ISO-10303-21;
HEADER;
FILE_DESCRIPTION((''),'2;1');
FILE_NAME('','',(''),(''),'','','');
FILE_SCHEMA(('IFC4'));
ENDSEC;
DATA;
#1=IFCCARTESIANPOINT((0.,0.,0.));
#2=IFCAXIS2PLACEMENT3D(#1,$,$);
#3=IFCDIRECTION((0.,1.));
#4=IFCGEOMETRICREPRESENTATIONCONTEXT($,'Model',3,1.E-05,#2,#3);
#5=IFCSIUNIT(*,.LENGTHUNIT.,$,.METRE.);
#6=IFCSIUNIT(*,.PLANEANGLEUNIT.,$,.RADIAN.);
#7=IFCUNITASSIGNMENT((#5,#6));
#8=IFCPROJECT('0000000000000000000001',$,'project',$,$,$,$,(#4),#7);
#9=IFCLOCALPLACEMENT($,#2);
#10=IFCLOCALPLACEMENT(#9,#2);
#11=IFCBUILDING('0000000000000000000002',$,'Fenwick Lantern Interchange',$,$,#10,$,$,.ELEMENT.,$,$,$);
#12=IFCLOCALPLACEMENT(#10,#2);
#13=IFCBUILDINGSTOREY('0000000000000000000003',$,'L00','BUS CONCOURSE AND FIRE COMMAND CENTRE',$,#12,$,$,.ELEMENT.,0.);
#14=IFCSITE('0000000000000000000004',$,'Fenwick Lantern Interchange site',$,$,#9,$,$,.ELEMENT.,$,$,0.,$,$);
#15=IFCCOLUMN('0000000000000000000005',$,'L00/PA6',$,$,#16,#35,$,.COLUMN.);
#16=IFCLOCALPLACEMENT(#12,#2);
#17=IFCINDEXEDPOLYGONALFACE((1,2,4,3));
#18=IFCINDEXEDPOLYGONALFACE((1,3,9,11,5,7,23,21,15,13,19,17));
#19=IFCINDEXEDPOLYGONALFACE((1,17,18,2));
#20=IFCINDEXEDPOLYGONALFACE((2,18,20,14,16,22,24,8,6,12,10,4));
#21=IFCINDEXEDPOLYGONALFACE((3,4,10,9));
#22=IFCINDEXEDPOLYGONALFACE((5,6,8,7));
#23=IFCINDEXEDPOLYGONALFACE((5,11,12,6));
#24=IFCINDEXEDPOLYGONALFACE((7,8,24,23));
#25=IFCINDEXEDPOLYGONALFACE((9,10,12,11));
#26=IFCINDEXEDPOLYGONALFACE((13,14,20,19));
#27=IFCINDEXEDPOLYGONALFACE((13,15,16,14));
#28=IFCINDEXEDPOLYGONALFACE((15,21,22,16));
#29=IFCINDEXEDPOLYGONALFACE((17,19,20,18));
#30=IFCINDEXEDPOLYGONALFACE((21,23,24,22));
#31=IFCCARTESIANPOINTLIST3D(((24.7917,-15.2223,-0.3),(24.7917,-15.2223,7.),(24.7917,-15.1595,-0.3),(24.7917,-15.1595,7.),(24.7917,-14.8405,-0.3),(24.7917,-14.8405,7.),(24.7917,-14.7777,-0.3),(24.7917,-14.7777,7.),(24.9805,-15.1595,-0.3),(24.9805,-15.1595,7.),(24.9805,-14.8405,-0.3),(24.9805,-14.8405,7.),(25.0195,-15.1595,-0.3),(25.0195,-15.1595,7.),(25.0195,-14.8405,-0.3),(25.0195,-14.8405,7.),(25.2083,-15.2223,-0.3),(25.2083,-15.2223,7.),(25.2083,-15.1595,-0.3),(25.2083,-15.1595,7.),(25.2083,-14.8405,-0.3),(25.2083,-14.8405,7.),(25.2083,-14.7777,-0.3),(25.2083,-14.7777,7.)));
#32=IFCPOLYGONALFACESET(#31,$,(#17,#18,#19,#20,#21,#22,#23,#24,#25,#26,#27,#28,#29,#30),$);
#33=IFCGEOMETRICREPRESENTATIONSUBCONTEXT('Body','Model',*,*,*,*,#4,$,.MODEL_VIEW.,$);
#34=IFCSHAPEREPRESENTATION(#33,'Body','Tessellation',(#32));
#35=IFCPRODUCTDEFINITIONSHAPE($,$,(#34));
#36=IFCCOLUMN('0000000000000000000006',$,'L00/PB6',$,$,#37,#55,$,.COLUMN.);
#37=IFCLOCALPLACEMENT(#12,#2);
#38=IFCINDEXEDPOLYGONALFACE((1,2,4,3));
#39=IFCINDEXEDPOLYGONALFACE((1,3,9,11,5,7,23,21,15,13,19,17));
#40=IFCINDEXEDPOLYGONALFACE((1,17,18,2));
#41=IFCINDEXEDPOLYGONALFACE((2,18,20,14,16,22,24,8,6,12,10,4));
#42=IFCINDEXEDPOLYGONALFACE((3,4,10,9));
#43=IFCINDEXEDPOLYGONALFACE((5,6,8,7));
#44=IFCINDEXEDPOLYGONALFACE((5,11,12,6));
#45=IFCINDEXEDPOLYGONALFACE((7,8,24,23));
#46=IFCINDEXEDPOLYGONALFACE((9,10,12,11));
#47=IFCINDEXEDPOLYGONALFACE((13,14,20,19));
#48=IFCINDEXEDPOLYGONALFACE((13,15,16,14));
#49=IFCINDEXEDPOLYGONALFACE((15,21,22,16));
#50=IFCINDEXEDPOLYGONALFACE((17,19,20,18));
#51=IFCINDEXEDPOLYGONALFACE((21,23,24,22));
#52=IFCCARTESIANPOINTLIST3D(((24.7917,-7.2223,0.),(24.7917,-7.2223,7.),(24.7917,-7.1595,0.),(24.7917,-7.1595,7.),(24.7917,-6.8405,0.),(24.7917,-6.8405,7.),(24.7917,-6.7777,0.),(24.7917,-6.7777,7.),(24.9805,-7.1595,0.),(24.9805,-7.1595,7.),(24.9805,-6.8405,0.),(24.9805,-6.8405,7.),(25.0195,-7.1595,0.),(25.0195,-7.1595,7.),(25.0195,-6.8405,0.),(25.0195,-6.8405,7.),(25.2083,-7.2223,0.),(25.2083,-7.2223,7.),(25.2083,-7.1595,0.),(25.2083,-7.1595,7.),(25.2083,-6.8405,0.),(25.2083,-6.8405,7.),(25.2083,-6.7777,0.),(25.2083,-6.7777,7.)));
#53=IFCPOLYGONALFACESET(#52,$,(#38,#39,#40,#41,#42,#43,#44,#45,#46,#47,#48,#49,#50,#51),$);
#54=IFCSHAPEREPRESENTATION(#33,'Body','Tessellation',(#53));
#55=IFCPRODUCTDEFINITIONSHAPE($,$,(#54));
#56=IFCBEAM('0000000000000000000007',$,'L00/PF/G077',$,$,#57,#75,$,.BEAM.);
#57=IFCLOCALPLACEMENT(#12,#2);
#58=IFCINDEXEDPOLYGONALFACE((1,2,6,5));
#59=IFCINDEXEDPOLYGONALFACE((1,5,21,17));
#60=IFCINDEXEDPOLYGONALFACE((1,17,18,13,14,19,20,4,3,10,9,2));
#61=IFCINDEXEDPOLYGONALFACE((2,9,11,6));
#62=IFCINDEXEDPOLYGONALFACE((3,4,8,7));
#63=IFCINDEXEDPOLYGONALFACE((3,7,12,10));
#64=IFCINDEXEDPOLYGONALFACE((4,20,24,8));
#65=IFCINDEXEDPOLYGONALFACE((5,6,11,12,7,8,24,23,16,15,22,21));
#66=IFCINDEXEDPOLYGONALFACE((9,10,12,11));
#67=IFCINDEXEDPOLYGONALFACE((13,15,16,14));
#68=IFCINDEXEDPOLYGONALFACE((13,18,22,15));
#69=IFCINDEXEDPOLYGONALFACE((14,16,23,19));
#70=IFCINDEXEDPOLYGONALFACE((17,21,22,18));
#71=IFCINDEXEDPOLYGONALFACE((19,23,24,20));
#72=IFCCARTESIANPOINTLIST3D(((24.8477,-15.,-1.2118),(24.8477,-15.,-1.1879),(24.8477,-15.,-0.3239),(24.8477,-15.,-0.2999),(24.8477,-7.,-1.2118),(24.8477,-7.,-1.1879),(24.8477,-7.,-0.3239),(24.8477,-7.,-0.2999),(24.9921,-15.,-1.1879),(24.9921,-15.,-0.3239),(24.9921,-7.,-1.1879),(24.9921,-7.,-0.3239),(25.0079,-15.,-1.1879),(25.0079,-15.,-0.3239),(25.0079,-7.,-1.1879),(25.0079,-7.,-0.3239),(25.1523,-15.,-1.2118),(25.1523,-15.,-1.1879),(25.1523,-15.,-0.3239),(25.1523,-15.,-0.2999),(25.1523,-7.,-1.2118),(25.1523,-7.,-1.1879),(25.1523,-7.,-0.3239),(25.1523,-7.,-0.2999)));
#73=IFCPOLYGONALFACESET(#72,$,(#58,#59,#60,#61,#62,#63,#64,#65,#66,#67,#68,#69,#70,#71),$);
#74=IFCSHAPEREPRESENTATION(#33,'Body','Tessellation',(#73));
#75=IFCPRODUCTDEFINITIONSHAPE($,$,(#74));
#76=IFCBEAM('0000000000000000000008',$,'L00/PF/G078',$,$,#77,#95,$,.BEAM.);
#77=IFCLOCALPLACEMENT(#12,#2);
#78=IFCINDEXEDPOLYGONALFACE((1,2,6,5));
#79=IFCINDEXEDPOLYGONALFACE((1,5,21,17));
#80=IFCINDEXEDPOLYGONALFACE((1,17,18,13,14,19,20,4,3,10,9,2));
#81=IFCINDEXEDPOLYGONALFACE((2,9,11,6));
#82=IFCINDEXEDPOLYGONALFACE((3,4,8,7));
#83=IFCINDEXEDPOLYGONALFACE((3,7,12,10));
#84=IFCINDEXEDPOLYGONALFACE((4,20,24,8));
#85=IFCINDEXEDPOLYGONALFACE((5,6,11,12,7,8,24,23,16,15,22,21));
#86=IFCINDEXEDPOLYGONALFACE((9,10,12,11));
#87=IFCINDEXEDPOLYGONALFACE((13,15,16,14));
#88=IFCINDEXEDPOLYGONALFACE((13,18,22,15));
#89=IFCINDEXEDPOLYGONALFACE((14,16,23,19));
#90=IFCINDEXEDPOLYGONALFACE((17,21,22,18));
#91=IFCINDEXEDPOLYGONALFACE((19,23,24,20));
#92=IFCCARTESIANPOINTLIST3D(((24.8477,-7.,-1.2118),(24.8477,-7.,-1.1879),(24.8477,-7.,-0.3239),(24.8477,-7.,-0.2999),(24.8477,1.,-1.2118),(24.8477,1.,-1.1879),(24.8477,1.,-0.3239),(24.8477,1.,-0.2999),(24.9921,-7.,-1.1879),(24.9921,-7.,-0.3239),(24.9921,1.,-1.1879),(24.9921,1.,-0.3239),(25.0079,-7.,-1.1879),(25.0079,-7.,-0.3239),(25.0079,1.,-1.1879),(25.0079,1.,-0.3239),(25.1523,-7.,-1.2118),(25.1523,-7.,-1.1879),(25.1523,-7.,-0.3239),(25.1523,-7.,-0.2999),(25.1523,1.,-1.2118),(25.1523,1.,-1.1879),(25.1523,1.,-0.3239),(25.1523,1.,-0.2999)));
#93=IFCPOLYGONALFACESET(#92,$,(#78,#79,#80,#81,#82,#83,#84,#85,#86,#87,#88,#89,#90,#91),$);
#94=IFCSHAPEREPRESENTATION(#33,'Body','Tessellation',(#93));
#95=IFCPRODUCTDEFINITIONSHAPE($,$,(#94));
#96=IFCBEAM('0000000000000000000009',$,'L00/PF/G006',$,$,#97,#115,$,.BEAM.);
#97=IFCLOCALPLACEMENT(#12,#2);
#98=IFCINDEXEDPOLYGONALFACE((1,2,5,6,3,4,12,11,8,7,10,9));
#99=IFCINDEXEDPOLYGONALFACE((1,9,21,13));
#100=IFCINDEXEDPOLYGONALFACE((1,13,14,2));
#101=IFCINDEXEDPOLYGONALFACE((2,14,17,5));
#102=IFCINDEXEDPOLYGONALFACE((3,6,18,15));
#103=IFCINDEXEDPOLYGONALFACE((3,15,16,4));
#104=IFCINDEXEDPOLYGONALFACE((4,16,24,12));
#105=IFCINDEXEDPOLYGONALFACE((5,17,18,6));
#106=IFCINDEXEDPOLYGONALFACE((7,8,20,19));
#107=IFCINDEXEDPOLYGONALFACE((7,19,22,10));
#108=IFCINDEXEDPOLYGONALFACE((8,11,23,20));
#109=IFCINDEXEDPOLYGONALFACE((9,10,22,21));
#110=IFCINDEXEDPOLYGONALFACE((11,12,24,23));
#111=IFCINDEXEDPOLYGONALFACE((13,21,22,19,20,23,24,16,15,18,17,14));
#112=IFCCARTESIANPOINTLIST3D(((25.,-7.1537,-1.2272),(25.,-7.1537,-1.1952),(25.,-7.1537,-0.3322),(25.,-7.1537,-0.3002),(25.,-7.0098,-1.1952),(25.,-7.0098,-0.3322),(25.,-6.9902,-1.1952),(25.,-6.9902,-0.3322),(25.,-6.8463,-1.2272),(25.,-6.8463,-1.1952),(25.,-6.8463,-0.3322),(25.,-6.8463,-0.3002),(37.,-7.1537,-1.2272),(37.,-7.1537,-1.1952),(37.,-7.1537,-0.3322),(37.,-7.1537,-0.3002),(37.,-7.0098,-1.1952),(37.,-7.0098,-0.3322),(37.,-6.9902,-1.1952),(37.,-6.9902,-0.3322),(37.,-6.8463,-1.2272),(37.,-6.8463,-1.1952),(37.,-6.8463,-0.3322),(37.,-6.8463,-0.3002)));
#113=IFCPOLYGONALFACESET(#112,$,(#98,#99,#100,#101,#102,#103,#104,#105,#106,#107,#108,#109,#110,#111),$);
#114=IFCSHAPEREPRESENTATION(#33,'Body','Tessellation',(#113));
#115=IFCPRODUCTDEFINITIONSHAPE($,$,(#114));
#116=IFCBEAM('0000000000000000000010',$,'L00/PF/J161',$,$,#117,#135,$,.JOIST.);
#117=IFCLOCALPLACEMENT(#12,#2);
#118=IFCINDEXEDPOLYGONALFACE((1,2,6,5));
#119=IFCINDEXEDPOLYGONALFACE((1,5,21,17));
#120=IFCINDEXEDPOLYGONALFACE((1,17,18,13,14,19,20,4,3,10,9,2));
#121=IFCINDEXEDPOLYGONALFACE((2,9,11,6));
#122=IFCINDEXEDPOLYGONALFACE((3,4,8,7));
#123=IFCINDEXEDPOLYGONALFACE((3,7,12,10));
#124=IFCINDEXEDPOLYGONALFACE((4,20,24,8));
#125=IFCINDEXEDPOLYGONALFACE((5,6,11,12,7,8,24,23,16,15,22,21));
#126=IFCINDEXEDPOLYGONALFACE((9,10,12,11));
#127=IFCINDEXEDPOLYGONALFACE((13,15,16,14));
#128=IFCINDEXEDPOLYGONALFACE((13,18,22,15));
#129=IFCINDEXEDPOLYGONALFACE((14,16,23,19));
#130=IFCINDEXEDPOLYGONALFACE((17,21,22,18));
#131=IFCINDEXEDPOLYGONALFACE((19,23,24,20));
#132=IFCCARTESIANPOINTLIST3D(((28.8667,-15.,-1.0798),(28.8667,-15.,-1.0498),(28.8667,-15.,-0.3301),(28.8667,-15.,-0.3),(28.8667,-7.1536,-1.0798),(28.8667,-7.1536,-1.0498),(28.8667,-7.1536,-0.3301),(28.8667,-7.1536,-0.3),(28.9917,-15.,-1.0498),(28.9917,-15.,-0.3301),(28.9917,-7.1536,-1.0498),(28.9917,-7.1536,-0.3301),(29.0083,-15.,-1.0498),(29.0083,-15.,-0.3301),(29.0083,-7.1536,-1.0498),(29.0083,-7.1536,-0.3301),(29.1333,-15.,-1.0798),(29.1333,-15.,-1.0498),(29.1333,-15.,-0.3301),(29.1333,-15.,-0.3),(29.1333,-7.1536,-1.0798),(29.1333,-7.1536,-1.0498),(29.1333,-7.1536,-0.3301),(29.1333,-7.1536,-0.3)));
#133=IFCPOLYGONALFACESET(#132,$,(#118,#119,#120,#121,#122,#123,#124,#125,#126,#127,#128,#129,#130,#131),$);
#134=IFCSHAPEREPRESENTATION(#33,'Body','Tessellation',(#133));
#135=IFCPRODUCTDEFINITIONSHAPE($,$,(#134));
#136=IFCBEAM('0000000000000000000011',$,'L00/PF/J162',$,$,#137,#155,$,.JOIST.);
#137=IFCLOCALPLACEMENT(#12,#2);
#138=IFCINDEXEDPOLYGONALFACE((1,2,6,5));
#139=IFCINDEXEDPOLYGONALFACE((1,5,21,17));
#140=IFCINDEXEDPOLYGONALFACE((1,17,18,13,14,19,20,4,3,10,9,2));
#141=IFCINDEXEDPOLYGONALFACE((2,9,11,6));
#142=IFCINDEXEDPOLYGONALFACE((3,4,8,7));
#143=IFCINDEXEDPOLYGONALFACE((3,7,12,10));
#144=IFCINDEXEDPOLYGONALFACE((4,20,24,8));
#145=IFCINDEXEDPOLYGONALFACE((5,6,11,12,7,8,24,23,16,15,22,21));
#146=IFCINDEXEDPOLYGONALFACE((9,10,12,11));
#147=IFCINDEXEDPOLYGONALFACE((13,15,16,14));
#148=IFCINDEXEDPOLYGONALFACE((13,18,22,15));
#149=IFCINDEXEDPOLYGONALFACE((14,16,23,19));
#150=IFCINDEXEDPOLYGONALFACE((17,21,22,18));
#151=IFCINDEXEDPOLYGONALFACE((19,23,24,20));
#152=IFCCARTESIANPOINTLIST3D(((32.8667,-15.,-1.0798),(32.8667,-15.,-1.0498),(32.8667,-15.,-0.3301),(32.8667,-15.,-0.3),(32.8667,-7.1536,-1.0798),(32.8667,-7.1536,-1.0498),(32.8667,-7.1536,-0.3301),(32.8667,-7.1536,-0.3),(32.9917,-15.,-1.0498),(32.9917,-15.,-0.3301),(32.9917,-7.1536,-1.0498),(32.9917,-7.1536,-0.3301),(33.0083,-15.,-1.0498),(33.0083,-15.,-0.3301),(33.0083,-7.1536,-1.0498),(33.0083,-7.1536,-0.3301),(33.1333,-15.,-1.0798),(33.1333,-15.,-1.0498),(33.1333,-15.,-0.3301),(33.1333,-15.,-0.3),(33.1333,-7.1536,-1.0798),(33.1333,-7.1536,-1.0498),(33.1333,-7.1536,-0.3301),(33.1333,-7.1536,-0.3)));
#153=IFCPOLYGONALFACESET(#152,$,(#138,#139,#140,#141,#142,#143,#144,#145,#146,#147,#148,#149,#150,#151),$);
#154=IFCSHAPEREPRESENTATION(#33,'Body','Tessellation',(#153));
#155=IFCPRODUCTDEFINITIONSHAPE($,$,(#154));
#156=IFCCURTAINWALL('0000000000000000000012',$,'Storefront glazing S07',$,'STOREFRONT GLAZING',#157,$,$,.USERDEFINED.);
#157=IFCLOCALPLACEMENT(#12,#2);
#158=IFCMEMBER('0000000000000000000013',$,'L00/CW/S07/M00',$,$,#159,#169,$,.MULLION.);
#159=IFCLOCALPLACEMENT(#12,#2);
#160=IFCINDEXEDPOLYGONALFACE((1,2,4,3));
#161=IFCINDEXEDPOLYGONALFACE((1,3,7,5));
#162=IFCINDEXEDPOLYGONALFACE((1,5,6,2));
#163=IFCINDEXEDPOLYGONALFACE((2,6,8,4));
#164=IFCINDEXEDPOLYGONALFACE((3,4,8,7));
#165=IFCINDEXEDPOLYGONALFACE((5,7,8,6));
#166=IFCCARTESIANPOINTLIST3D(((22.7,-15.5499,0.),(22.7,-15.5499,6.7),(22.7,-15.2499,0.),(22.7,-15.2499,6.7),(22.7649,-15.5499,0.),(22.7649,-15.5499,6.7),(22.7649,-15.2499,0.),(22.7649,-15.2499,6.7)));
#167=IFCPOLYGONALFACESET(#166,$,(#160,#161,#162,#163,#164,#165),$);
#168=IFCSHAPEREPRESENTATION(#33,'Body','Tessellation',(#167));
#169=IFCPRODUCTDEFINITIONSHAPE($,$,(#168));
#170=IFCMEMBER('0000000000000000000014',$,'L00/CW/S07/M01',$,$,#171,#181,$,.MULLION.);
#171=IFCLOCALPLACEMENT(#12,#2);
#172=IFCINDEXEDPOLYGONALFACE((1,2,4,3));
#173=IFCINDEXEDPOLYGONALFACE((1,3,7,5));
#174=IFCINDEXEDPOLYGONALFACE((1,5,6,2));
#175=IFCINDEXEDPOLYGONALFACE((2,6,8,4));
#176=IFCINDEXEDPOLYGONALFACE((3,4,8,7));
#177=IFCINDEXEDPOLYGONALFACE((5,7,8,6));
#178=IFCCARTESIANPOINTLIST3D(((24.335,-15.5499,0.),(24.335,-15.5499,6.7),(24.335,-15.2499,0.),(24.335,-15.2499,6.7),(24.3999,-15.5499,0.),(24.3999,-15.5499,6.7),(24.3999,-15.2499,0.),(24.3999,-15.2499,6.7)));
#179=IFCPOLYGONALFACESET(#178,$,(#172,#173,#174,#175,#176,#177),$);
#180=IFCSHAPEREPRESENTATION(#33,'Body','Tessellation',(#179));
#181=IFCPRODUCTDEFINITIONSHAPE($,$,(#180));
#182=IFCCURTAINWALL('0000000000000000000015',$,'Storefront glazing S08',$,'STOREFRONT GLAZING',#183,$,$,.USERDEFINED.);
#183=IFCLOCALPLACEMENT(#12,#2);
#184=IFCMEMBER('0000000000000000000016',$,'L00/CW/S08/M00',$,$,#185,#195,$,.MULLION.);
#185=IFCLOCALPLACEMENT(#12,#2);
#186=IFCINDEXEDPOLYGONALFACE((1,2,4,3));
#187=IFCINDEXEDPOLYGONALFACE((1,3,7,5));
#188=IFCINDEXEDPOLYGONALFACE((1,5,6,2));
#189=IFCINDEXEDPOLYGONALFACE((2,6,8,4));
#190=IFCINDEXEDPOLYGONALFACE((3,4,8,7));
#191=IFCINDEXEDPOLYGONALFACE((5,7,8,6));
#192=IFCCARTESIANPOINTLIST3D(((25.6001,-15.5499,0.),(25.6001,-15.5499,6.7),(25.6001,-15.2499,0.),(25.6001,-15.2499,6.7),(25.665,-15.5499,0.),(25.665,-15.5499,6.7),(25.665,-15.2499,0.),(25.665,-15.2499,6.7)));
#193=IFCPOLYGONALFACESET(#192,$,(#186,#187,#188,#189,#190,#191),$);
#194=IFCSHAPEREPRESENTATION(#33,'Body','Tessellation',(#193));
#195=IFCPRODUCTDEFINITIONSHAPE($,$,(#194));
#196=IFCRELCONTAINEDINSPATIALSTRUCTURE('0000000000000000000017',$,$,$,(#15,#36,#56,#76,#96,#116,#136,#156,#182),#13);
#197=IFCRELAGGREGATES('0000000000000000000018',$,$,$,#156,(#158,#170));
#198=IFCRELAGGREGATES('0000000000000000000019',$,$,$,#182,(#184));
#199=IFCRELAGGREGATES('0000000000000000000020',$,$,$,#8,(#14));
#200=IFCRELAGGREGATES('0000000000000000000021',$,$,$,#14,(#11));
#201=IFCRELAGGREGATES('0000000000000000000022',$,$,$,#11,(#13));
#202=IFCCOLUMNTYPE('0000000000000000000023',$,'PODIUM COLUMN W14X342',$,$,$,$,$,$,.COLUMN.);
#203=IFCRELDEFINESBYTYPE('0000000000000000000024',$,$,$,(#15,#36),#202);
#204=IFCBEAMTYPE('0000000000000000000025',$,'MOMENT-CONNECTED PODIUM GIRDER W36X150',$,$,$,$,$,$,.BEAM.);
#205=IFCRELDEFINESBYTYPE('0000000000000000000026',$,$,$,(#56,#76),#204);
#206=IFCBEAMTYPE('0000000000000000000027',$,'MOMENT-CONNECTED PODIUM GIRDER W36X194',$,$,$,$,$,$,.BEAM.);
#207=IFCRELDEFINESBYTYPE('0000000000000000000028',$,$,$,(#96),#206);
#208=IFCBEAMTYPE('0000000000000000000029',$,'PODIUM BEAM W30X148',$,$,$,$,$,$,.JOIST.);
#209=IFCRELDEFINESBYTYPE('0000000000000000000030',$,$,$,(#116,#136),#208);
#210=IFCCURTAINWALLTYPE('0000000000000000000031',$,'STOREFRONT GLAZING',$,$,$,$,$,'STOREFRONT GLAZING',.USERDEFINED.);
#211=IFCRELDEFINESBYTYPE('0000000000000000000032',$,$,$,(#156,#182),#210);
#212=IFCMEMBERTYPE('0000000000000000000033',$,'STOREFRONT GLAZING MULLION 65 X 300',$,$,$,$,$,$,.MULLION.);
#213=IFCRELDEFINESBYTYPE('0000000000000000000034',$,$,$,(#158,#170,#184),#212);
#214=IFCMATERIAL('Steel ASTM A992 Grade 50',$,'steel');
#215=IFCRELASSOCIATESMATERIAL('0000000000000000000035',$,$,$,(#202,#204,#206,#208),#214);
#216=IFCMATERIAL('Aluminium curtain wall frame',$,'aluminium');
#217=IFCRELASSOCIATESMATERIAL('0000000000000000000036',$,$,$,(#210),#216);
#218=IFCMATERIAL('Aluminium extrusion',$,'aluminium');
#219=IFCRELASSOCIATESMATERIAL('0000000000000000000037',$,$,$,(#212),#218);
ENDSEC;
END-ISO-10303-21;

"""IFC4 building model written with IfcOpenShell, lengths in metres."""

from ifc_helpers import new_model, si_unit, direction, frame, origin, origin_2d, place, context, subcontext, project, spatial, rectangle, i_section, extrude, material, material_profile, profile_set, type_object, element, aggregate, save


model = new_model("IFC4")

# Units and contexts
model_context = context("Model", 3, precision=1e-05, world=origin(), true_north=direction((0.0, 1.0)))
body_context = subcontext(model_context, "Body", "Model", "MODEL_VIEW")
ifc_project = project(units=[si_unit("LENGTHUNIT", "METRE"), si_unit("PLANEANGLEUNIT", "RADIAN")], contexts=[model_context])

# Site, building, storey
site_placement = place(None, origin())
site = spatial("IfcSite", under=ifc_project, at=site_placement, Name="Fenwick Lantern Interchange site", CompositionType="ELEMENT", RefElevation=0.0)
building_placement = place(site_placement, origin())
building = spatial("IfcBuilding", under=site, at=building_placement, Name="Fenwick Lantern Interchange", CompositionType="ELEMENT")
storey_placement = place(building_placement, origin())
storey = spatial("IfcBuildingStorey", under=building, at=storey_placement, Name="L00", Description="BUS CONCOURSE AND FIRE COMMAND CENTRE", CompositionType="ELEMENT", Elevation=0.0)

# Columns
ifc_material_1 = material(Name="Steel ASTM A992 Grade 50", Category="steel")
ifc_material_profile_1 = material_profile(ifc_material_1, i_section(OverallWidth=0.4165, OverallDepth=0.4446, WebThickness=0.0391, FlangeThickness=0.0627, at=origin_2d()), Name="W14X342")
ifc_profile_set_1 = profile_set([ifc_material_profile_1], Name="Steel ASTM A992 Grade 50")
column_type = type_object("IfcColumnType", Name="PODIUM COLUMN W14X342", PredefinedType="COLUMN", material=ifc_profile_set_1)
column_1_placement = place(storey_placement, frame((25.0, -15.0, -0.3), z_axis=(0.0, 0.0, 1.0), x_axis=(1.0, 0.0, 0.0)))
element("IfcColumn", 1, at=column_1_placement, inside=storey, type_object=column_type, Name="L00/PA6", PredefinedType="COLUMN", context=body_context, shape_type="SweptSolid", body=[
    extrude(i_section(OverallWidth=0.4165, OverallDepth=0.4446, WebThickness=0.0391, FlangeThickness=0.0627, at=origin_2d()), origin(), (0.0, 0.0, 1.0), 7.3),
])
column_2_placement = place(storey_placement, frame((25.0, -7.0, 0.0), z_axis=(0.0, 0.0, 1.0), x_axis=(1.0, 0.0, 0.0)))
element("IfcColumn", 2, at=column_2_placement, inside=storey, type_object=column_type, Name="L00/PB6", PredefinedType="COLUMN", context=body_context, shape_type="SweptSolid", body=[
    extrude(i_section(OverallWidth=0.4165, OverallDepth=0.4446, WebThickness=0.0391, FlangeThickness=0.0627, at=origin_2d()), origin(), (0.0, 0.0, 1.0), 7.0),
])

# Beams
ifc_material_profile_2 = material_profile(ifc_material_1, i_section(OverallWidth=0.3047, OverallDepth=0.9119, WebThickness=0.0159, FlangeThickness=0.0239, at=origin_2d()), Name="W36X150")
ifc_profile_set_2 = profile_set([ifc_material_profile_2], Name="Steel ASTM A992 Grade 50")
beam_type_1 = type_object("IfcBeamType", Name="MOMENT-CONNECTED PODIUM GIRDER W36X150", PredefinedType="BEAM", material=ifc_profile_set_2)
for number, where, z_axis, x_axis, name in (
    (3, (25.0, -15.0, -0.7559), (0.0, 1.0, 0.0), (-1.0, 0.0, 0.0), "L00/PF/G077"),
    (4, (25.0, -7.0, -0.7559), (0.0, 1.0, 0.0), (-1.0, 0.0, 0.0), "L00/PF/G078"),
):
    element("IfcBeam", number, at=place(storey_placement, frame(where, z_axis=z_axis, x_axis=x_axis)), inside=storey, type_object=beam_type_1, Name=name, PredefinedType="BEAM", context=body_context, shape_type="SweptSolid", body=[
        extrude(i_section(OverallWidth=0.3047, OverallDepth=0.9119, WebThickness=0.0159, FlangeThickness=0.0239, at=origin_2d()), origin(), (0.0, 0.0, 1.0), 8.0),
    ])
ifc_material_profile_3 = material_profile(ifc_material_1, i_section(OverallWidth=0.3074, OverallDepth=0.927, WebThickness=0.0195, FlangeThickness=0.032, at=origin_2d()), Name="W36X194")
ifc_profile_set_3 = profile_set([ifc_material_profile_3], Name="Steel ASTM A992 Grade 50")
beam_type_2 = type_object("IfcBeamType", Name="MOMENT-CONNECTED PODIUM GIRDER W36X194", PredefinedType="BEAM", material=ifc_profile_set_3)
beam_placement = place(storey_placement, frame((25.0, -7.0, -0.7637), z_axis=(1.0, 0.0, 0.0), x_axis=(0.0, 1.0, 0.0)))
element("IfcBeam", 5, at=beam_placement, inside=storey, type_object=beam_type_2, Name="L00/PF/G006", PredefinedType="BEAM", context=body_context, shape_type="SweptSolid", body=[
    extrude(i_section(OverallWidth=0.3074, OverallDepth=0.927, WebThickness=0.0195, FlangeThickness=0.032, at=origin_2d()), origin(), (0.0, 0.0, 1.0), 12.0),
])
ifc_material_profile_4 = material_profile(ifc_material_1, i_section(OverallWidth=0.2666, OverallDepth=0.7798, WebThickness=0.0166, FlangeThickness=0.03, at=origin_2d()), Name="W30X148")
ifc_profile_set_4 = profile_set([ifc_material_profile_4], Name="Steel ASTM A992 Grade 50")
beam_type_3 = type_object("IfcBeamType", Name="PODIUM BEAM W30X148", PredefinedType="JOIST", material=ifc_profile_set_4)
for number, where, z_axis, x_axis, name in (
    (6, (29.0, -15.0, -0.6899), (0.0, 1.0, 0.0), (-1.0, 0.0, 0.0), "L00/PF/J161"),
    (7, (33.0, -15.0, -0.6899), (0.0, 1.0, 0.0), (-1.0, 0.0, 0.0), "L00/PF/J162"),
):
    element("IfcBeam", number, at=place(storey_placement, frame(where, z_axis=z_axis, x_axis=x_axis)), inside=storey, type_object=beam_type_3, Name=name, PredefinedType="JOIST", context=body_context, shape_type="SweptSolid", body=[
        extrude(i_section(OverallWidth=0.2666, OverallDepth=0.7798, WebThickness=0.0166, FlangeThickness=0.03, at=origin_2d()), origin(), (0.0, 0.0, 1.0), 7.8464),
    ])

# Curtain walls, members
ifc_material_2 = material(Name="Aluminium curtain wall frame", Category="aluminium")
curtain_wall_type = type_object("IfcCurtainWallType", Name="STOREFRONT GLAZING", ElementType="STOREFRONT GLAZING", PredefinedType="USERDEFINED", material=ifc_material_2)
curtain_wall_1_placement = place(storey_placement, origin())
curtain_wall_1 = element("IfcCurtainWall", 8, at=curtain_wall_1_placement, inside=storey, type_object=curtain_wall_type, Name="Storefront glazing S07", ObjectType="STOREFRONT GLAZING", PredefinedType="USERDEFINED")
ifc_material_3 = material(Name="Aluminium extrusion", Category="aluminium")
ifc_material_profile_5 = material_profile(ifc_material_3, rectangle(XDim=0.3, YDim=0.0649, at=origin_2d()), Name="STOREFRONT GLAZING MULLION 65 X 300")
ifc_profile_set_5 = profile_set([ifc_material_profile_5], Name="Aluminium extrusion")
member_type_1 = type_object("IfcMemberType", Name="STOREFRONT GLAZING MULLION 65 X 300", PredefinedType="MULLION", material=ifc_profile_set_5)
member_1_placement = place(storey_placement, frame((22.7324, -15.3999, 0.0), z_axis=(0.0, 0.0, 1.0), x_axis=(0.0, 1.0, 0.0)))
member_1 = element("IfcMember", 9, at=member_1_placement, type_object=member_type_1, Name="L00/CW/S07/M00", PredefinedType="MULLION", context=body_context, shape_type="SweptSolid", body=[
    extrude(rectangle(XDim=0.3, YDim=0.0649, at=origin_2d()), origin(), (0.0, 0.0, 1.0), 6.7),
])
member_2_placement = place(storey_placement, frame((24.3674, -15.3999, 0.0), z_axis=(0.0, 0.0, 1.0), x_axis=(0.0, 1.0, 0.0)))
member_2 = element("IfcMember", 10, at=member_2_placement, type_object=member_type_1, Name="L00/CW/S07/M01", PredefinedType="MULLION", context=body_context, shape_type="SweptSolid", body=[
    extrude(rectangle(XDim=0.3, YDim=0.0649, at=origin_2d()), origin(), (0.0, 0.0, 1.0), 6.7),
])
curtain_wall_2_placement = place(storey_placement, origin())
curtain_wall_2 = element("IfcCurtainWall", 11, at=curtain_wall_2_placement, inside=storey, type_object=curtain_wall_type, Name="Storefront glazing S08", ObjectType="STOREFRONT GLAZING", PredefinedType="USERDEFINED")
member_3_placement = place(storey_placement, frame((25.6326, -15.3999, 0.0), z_axis=(0.0, 0.0, 1.0), x_axis=(0.0, 1.0, 0.0)))
member_3 = element("IfcMember", 12, at=member_3_placement, type_object=member_type_1, Name="L00/CW/S08/M00", PredefinedType="MULLION", context=body_context, shape_type="SweptSolid", body=[
    extrude(rectangle(XDim=0.3, YDim=0.0649, at=origin_2d()), origin(), (0.0, 0.0, 1.0), 6.7),
])

aggregate(curtain_wall_1, [member_1, member_2])
aggregate(curtain_wall_2, [member_3])

save(model, "model.ifc")
